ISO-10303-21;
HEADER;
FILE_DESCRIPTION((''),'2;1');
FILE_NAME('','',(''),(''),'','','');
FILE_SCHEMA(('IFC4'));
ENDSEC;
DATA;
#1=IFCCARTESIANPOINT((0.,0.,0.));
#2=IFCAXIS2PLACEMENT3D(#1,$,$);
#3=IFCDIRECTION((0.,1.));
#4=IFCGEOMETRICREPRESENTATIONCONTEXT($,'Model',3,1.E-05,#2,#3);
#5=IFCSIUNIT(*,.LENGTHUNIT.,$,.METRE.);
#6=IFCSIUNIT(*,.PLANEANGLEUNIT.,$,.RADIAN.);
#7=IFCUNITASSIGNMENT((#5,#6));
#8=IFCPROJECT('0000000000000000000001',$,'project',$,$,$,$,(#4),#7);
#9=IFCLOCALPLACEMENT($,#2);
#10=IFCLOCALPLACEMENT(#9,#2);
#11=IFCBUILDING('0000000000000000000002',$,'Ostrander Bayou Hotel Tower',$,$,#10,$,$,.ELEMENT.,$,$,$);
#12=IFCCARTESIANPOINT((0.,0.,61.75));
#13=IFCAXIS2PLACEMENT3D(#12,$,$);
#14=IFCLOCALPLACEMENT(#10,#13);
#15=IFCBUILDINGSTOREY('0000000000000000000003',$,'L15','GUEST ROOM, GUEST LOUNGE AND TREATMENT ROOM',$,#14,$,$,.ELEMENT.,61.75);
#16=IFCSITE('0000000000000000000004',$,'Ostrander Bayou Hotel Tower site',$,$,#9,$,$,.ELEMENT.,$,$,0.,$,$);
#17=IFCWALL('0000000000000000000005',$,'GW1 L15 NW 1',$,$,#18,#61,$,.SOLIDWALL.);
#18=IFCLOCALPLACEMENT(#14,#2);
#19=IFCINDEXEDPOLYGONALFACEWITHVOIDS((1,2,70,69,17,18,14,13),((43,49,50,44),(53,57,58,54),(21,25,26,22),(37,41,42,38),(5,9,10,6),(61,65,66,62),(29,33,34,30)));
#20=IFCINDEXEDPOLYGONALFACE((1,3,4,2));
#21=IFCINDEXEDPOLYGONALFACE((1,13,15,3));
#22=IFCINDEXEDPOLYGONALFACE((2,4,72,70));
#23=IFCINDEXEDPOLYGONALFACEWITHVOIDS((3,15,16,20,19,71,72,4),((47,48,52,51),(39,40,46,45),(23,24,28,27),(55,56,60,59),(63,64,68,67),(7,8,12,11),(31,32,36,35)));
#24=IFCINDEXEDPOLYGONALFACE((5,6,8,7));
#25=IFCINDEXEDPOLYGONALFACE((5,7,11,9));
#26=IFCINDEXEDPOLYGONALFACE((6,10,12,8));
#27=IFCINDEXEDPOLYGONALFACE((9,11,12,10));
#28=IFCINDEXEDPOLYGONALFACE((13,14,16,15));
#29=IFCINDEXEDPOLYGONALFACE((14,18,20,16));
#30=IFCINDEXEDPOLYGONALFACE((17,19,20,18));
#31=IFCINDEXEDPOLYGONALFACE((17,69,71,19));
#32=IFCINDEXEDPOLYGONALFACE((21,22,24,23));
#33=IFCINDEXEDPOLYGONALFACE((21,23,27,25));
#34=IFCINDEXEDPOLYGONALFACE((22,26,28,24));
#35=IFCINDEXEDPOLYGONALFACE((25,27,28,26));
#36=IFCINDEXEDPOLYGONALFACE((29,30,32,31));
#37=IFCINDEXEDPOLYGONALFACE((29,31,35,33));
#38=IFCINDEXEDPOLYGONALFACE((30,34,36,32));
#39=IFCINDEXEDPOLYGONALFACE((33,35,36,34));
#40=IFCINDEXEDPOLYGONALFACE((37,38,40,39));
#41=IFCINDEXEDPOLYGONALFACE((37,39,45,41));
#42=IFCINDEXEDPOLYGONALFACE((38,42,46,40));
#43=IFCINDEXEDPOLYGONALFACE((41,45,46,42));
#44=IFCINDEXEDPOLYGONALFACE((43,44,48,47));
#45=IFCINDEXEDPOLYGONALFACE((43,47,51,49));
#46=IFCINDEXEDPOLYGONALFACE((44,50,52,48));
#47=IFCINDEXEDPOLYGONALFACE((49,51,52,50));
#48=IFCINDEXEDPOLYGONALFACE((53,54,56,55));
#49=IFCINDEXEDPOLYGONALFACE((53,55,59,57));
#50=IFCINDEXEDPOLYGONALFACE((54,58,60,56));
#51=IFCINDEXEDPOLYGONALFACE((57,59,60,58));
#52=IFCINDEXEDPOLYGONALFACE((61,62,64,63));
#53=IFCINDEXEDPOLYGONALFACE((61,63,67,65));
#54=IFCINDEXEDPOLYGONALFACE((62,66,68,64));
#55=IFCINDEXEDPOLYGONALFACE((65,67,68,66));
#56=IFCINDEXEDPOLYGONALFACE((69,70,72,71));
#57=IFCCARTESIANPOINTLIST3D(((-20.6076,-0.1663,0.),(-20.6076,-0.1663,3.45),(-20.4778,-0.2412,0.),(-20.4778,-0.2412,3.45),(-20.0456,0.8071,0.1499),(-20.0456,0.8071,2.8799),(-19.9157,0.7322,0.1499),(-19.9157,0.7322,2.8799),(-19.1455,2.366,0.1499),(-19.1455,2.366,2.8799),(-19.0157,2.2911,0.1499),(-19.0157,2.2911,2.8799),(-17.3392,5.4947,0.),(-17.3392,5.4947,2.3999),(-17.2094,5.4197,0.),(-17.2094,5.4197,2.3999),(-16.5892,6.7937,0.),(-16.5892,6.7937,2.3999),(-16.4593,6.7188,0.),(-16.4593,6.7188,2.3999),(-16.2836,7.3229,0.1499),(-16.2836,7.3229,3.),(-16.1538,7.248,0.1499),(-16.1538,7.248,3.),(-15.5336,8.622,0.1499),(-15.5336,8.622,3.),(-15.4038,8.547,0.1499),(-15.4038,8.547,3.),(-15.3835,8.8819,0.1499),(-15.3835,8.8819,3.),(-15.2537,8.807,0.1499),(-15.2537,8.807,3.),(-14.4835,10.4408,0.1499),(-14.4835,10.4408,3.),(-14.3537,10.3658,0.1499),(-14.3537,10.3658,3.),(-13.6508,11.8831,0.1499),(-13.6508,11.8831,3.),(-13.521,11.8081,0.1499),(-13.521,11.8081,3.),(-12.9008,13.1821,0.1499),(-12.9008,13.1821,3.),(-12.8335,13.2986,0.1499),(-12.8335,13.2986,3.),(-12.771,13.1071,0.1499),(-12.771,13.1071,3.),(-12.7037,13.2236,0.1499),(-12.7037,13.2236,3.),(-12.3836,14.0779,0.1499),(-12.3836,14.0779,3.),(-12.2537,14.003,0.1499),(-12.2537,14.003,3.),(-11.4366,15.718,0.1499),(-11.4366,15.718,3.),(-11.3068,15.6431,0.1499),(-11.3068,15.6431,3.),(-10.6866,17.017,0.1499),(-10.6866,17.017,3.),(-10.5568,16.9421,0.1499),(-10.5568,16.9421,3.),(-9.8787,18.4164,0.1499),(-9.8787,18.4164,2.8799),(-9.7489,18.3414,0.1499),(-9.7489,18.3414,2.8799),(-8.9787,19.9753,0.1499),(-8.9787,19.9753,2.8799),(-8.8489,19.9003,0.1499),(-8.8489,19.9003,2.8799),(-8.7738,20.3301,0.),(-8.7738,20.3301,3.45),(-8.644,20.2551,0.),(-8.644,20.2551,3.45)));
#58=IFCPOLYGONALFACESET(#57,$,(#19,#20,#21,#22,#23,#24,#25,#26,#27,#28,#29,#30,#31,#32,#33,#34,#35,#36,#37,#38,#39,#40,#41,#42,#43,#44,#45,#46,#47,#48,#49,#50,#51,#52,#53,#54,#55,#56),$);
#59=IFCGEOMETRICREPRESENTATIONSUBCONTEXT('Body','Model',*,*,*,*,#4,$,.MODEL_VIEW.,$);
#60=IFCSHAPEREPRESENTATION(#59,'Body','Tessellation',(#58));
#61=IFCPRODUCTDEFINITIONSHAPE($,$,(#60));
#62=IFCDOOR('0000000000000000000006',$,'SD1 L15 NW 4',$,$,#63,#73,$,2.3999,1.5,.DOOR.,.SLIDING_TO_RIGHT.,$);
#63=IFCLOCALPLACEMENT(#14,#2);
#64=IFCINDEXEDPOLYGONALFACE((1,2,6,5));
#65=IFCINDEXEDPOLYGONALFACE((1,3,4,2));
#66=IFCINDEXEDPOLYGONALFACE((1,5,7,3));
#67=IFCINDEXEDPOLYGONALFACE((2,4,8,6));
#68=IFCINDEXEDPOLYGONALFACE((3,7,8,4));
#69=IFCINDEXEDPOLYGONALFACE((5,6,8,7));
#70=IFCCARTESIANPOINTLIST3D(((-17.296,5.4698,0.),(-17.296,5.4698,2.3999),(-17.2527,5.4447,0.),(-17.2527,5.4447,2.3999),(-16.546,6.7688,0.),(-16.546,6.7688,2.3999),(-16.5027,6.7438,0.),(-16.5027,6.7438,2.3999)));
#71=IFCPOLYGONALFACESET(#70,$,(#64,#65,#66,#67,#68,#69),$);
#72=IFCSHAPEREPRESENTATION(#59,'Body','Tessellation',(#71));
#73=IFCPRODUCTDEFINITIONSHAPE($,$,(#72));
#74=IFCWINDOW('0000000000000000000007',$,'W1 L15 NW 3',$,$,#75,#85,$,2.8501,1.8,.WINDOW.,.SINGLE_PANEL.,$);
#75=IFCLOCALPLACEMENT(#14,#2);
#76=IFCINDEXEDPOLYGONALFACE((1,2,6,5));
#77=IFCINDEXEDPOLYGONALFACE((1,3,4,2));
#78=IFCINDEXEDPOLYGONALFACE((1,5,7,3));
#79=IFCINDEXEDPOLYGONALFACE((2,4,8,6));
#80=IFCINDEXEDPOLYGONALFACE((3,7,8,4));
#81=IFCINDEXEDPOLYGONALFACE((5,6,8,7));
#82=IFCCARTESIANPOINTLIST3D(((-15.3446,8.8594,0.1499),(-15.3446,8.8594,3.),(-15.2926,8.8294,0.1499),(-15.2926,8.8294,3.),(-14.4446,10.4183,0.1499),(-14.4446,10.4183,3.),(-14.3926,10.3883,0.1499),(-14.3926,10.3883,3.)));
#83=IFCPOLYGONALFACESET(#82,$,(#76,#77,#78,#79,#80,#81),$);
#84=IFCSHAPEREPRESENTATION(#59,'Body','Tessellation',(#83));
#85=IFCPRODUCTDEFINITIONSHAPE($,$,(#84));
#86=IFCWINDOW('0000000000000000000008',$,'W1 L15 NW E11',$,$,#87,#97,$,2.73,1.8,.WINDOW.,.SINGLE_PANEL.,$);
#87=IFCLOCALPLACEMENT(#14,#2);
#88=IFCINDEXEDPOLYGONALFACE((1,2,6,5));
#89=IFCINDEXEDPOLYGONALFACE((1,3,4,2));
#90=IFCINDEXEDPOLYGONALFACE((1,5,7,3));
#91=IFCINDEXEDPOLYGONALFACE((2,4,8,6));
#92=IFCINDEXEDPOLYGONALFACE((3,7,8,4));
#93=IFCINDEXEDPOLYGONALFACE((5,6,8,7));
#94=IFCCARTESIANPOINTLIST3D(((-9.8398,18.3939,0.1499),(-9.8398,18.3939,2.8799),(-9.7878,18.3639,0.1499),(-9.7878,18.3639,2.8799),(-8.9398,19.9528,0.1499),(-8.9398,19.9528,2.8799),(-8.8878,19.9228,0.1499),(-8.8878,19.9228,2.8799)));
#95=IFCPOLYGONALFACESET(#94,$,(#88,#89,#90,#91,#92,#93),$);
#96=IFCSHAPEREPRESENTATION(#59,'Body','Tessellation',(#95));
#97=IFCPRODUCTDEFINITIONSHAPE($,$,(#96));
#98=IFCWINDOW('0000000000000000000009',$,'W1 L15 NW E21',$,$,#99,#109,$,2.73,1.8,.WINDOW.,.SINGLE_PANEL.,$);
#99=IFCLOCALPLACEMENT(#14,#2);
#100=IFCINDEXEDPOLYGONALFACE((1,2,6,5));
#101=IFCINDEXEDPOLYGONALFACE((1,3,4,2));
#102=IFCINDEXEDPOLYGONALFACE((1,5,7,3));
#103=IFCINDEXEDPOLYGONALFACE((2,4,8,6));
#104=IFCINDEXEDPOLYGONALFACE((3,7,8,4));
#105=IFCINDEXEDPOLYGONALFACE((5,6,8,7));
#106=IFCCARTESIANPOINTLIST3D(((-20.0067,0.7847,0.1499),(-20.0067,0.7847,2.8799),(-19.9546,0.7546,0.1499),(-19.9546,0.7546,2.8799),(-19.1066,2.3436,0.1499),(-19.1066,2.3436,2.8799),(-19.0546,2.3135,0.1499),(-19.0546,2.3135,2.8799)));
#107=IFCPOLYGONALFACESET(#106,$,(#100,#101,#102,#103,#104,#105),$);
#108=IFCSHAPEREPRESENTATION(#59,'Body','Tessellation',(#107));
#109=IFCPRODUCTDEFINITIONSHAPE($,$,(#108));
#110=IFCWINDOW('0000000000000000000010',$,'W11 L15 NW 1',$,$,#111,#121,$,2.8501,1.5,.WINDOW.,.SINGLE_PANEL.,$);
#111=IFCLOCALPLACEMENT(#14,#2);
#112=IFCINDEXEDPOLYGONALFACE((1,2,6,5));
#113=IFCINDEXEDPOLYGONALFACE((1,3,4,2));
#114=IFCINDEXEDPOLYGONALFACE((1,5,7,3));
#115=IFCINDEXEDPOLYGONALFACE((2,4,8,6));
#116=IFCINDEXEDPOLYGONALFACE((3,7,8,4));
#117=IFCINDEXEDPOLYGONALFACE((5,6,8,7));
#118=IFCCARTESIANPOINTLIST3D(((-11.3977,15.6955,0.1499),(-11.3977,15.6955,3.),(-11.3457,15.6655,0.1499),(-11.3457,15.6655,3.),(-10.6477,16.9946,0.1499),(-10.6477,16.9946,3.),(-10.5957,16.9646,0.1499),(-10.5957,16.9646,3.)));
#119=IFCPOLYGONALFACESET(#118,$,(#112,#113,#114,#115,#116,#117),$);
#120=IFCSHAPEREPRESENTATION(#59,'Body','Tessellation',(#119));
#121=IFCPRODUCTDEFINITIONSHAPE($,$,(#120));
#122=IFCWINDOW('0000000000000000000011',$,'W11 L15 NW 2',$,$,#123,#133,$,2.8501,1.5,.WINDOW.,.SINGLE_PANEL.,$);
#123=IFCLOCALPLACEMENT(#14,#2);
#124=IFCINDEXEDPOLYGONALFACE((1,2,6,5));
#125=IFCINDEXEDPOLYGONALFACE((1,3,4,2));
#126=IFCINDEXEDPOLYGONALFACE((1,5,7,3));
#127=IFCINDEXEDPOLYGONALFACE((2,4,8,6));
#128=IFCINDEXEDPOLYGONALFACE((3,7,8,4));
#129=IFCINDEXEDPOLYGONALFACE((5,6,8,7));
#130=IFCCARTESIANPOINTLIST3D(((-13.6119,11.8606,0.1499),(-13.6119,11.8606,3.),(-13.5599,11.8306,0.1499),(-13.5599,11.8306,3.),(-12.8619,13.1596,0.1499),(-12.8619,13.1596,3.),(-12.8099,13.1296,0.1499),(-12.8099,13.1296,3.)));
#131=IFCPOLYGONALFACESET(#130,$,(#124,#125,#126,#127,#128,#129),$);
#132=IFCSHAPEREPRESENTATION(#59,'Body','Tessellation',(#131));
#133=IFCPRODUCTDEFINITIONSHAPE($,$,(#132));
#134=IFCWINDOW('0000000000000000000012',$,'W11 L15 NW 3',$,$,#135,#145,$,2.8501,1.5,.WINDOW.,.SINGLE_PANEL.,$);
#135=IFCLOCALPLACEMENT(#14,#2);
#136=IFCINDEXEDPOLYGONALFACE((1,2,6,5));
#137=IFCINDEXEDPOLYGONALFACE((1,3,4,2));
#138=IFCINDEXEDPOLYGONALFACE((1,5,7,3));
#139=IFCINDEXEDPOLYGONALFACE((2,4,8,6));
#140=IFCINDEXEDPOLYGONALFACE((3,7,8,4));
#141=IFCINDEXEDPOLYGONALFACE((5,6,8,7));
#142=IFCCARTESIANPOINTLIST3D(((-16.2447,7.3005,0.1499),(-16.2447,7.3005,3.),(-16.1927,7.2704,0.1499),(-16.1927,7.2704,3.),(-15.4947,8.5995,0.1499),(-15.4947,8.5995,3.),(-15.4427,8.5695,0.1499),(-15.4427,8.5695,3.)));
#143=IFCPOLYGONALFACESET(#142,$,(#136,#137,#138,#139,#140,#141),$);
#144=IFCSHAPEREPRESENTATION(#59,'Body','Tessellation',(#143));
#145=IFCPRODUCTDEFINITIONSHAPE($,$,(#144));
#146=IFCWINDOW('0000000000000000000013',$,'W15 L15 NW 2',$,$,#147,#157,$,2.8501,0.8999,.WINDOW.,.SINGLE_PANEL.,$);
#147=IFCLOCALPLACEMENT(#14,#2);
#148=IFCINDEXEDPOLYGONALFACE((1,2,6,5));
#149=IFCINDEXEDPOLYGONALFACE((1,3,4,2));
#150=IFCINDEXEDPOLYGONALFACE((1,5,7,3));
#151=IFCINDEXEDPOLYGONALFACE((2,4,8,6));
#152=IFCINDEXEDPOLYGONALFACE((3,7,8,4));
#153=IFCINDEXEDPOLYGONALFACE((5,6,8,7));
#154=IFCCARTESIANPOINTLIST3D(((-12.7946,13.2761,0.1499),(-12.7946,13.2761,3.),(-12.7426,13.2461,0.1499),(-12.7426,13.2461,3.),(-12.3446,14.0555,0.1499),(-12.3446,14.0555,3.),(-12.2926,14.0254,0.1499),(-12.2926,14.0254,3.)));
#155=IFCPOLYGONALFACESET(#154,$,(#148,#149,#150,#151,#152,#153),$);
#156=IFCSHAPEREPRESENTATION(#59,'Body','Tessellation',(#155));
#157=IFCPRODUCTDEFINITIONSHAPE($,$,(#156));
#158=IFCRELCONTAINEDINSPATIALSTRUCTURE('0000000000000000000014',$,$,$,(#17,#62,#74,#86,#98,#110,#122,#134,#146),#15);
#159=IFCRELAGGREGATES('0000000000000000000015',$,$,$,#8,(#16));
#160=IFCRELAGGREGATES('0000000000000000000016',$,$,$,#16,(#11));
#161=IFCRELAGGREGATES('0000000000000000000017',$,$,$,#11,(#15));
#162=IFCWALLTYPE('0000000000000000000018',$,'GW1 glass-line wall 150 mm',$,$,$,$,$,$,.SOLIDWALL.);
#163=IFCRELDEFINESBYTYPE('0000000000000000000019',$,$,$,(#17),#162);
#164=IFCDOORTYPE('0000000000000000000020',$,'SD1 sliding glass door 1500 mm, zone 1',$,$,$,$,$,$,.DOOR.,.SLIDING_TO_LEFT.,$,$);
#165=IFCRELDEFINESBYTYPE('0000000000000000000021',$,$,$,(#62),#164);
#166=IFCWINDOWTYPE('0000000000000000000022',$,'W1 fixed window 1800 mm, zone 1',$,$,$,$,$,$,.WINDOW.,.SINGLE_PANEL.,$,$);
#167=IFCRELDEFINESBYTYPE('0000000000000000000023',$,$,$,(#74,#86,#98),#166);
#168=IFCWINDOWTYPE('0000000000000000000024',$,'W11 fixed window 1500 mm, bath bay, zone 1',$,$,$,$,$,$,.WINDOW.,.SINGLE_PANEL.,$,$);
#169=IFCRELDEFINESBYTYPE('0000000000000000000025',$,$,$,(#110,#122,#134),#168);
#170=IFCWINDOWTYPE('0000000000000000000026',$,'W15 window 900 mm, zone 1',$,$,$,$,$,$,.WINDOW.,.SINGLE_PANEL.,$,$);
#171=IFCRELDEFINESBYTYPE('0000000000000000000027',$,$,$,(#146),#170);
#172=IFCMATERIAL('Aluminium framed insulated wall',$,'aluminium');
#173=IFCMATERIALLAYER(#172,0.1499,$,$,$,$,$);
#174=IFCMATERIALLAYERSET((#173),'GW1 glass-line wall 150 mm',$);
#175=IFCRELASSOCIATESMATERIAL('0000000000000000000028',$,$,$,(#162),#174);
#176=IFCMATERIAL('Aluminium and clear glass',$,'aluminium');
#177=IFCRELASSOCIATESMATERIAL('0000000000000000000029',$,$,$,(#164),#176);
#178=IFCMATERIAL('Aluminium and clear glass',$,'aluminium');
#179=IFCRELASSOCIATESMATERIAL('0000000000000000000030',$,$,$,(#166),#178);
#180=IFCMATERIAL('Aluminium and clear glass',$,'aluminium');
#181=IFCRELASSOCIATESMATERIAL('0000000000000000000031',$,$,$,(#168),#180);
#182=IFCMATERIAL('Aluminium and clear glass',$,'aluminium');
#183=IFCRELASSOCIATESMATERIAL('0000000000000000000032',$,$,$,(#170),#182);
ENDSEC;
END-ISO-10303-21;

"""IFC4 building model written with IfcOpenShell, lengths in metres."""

from ifc_helpers import new_model, si_unit, direction, frame, frame_2d, origin, place, context, subcontext, project, spatial, rectangle, extrude, material, layer, layer_set, type_object, element, fill, save


model = new_model("IFC4")

# Units and contexts
model_context = context("Model", 3, precision=1e-05, world=origin(), true_north=direction((0.0, 1.0)))
body_context = subcontext(model_context, "Body", "Model", "MODEL_VIEW")
ifc_project = project(units=[si_unit("LENGTHUNIT", "METRE"), si_unit("PLANEANGLEUNIT", "RADIAN")], contexts=[model_context])

# Site, building, storey
site_placement = place(None, origin())
site = spatial("IfcSite", under=ifc_project, at=site_placement, Name="Ostrander Bayou Hotel Tower site", CompositionType="ELEMENT", RefElevation=0.0)
building_placement = place(site_placement, origin())
building = spatial("IfcBuilding", under=site, at=building_placement, Name="Ostrander Bayou Hotel Tower", CompositionType="ELEMENT")
storey_placement = place(building_placement, frame((0.0, 0.0, 61.75)))
storey = spatial("IfcBuildingStorey", under=building, at=storey_placement, Name="L15", Description="GUEST ROOM, GUEST LOUNGE AND TREATMENT ROOM", CompositionType="ELEMENT", Elevation=61.75)

# Wall, openings, door, windows
ifc_material_1 = material(Name="Aluminium framed insulated wall", Category="aluminium")
ifc_layer_1 = layer(ifc_material_1, 0.1499)
ifc_layer_set_1 = layer_set([ifc_layer_1], Name="GW1 glass-line wall 150 mm")
wall_type_1 = type_object("IfcWallType", Name="GW1 glass-line wall 150 mm", PredefinedType="SOLIDWALL", material=ifc_layer_set_1)
wall_1_placement = place(storey_placement, frame((-8.709, 20.2925, 0.0), z_axis=(0.0, 0.0, 1.0), x_axis=(-0.500006, -0.866022, 0.0)))
wall_1 = element("IfcWall", 1, at=wall_1_placement, inside=storey, type_object=wall_type_1, Name="GW1 L15 NW 1", PredefinedType="SOLIDWALL", context=body_context, shape_type="SweptSolid", body=[
    extrude(rectangle(XDim=23.6672, YDim=0.1499, at=frame_2d((11.8335, 0.0))), origin(), (0.0, 0.0, 1.0), 3.45),
])
opening_1_placement = place(wall_1_placement, frame((3.8254, 0.0, 0.1499)))
opening_1 = element("IfcOpeningElement", 2, at=opening_1_placement, cuts=wall_1, PredefinedType="OPENING", context=body_context, shape_type="SweptSolid", body=[
    extrude(rectangle(XDim=1.5, YDim=2.8501, at=frame_2d((0.75, 1.425))), frame((0.0, 0.075, 0.0), z_axis=(0.0, -1.0, 0.0), x_axis=(1.0, 0.0, 0.0)), (0.0, 0.0, 1.0), 0.1499),
])
opening_2_placement = place(wall_1_placement, frame((7.2192, 0.0, 0.1499)))
opening_2 = element("IfcOpeningElement", 3, at=opening_2_placement, cuts=wall_1, PredefinedType="OPENING", context=body_context, shape_type="SweptSolid", body=[
    extrude(rectangle(XDim=0.8999, YDim=2.8501, at=frame_2d((0.45, 1.425))), frame((0.0, 0.075, 0.0), z_axis=(0.0, -1.0, 0.0), x_axis=(1.0, 0.0, 0.0)), (0.0, 0.0, 1.0), 0.1499),
])
opening_3_placement = place(wall_1_placement, frame((8.2537, 0.0, 0.1499)))
opening_3 = element("IfcOpeningElement", 4, at=opening_3_placement, cuts=wall_1, PredefinedType="OPENING", context=body_context, shape_type="SweptSolid", body=[
    extrude(rectangle(XDim=1.5, YDim=2.8501, at=frame_2d((0.75, 1.425))), frame((0.0, 0.075, 0.0), z_axis=(0.0, -1.0, 0.0), x_axis=(1.0, 0.0, 0.0)), (0.0, 0.0, 1.0), 0.1499),
])
opening_4_placement = place(wall_1_placement, frame((11.4192, 0.0, 0.1499)))
opening_4 = element("IfcOpeningElement", 5, at=opening_4_placement, cuts=wall_1, PredefinedType="OPENING", context=body_context, shape_type="SweptSolid", body=[
    extrude(rectangle(XDim=1.8, YDim=2.8501, at=frame_2d((0.8999, 1.425))), frame((0.0, 0.075, 0.0), z_axis=(0.0, -1.0, 0.0), x_axis=(1.0, 0.0, 0.0)), (0.0, 0.0, 1.0), 0.1499),
])
opening_5_placement = place(wall_1_placement, frame((13.5193, 0.0, 0.1499)))
opening_5 = element("IfcOpeningElement", 6, at=opening_5_placement, cuts=wall_1, PredefinedType="OPENING", context=body_context, shape_type="SweptSolid", body=[
    extrude(rectangle(XDim=1.5, YDim=2.8501, at=frame_2d((0.75, 1.425))), frame((0.0, 0.075, 0.0), z_axis=(0.0, -1.0, 0.0), x_axis=(1.0, 0.0, 0.0)), (0.0, 0.0, 1.0), 0.1499),
])
opening_6_placement = place(wall_1_placement, frame((15.6304, 0.0, 0.0)))
opening_6 = element("IfcOpeningElement", 7, at=opening_6_placement, cuts=wall_1, PredefinedType="OPENING", context=body_context, shape_type="SweptSolid", body=[
    extrude(rectangle(XDim=1.5, YDim=2.3999, at=frame_2d((0.75, 1.2))), frame((0.0, 0.075, 0.0), z_axis=(0.0, -1.0, 0.0), x_axis=(1.0, 0.0, 0.0)), (0.0, 0.0, 1.0), 0.1499),
])
opening_7_placement = place(wall_1_placement, frame((0.4097, 0.0, 0.1499)))
opening_7 = element("IfcOpeningElement", 8, at=opening_7_placement, cuts=wall_1, PredefinedType="OPENING", context=body_context, shape_type="SweptSolid", body=[
    extrude(rectangle(XDim=1.8, YDim=2.73, at=frame_2d((0.8999, 1.365))), frame((0.0, 0.075, 0.0), z_axis=(0.0, -1.0, 0.0), x_axis=(1.0, 0.0, 0.0)), (0.0, 0.0, 1.0), 0.1499),
])
opening_8_placement = place(wall_1_placement, frame((20.7432, 0.0, 0.1499)))
opening_8 = element("IfcOpeningElement", 9, at=opening_8_placement, cuts=wall_1, PredefinedType="OPENING", context=body_context, shape_type="SweptSolid", body=[
    extrude(rectangle(XDim=1.8, YDim=2.73, at=frame_2d((0.8999, 1.365))), frame((0.0, 0.075, 0.0), z_axis=(0.0, -1.0, 0.0), x_axis=(1.0, 0.0, 0.0)), (0.0, 0.0, 1.0), 0.1499),
])
ifc_material_2 = material(Name="Aluminium and clear glass", Category="aluminium")
door_type_1 = type_object("IfcDoorType", Name="SD1 sliding glass door 1500 mm, zone 1", OperationType="SLIDING_TO_LEFT", PredefinedType="DOOR", material=ifc_material_2)
door_1_placement = place(opening_6_placement, origin())
door_1 = element("IfcDoor", 10, at=door_1_placement, inside=storey, type_object=door_type_1, Name="SD1 L15 NW 4", OperationType="SLIDING_TO_RIGHT", OverallHeight=2.3999, OverallWidth=1.5, PredefinedType="DOOR", context=body_context, shape_type="SweptSolid", body=[
    extrude(rectangle(XDim=1.5, YDim=2.3999, at=frame_2d((0.75, 1.2))), frame((0.0, 0.0249, 0.0), z_axis=(0.0, -1.0, 0.0), x_axis=(1.0, 0.0, 0.0)), (0.0, 0.0, 1.0), 0.05),
])
fill(opening_6, door_1)
ifc_material_3 = material(Name="Aluminium and clear glass", Category="aluminium")
window_type_1 = type_object("IfcWindowType", Name="W1 fixed window 1800 mm, zone 1", PartitioningType="SINGLE_PANEL", PredefinedType="WINDOW", material=ifc_material_3)
window_1_placement = place(opening_4_placement, origin())
window_1 = element("IfcWindow", 11, at=window_1_placement, inside=storey, type_object=window_type_1, Name="W1 L15 NW 3", OverallHeight=2.8501, OverallWidth=1.8, PartitioningType="SINGLE_PANEL", PredefinedType="WINDOW", context=body_context, shape_type="SweptSolid", body=[
    extrude(rectangle(XDim=1.8, YDim=2.8501, at=frame_2d((0.8999, 1.425))), frame((0.0, 0.03, 0.0), z_axis=(0.0, -1.0, 0.0), x_axis=(1.0, 0.0, 0.0)), (0.0, 0.0, 1.0), 0.0601),
])
fill(opening_4, window_1)
window_2_placement = place(opening_7_placement, origin())
window_2 = element("IfcWindow", 12, at=window_2_placement, inside=storey, type_object=window_type_1, Name="W1 L15 NW E11", OverallHeight=2.73, OverallWidth=1.8, PartitioningType="SINGLE_PANEL", PredefinedType="WINDOW", context=body_context, shape_type="SweptSolid", body=[
    extrude(rectangle(XDim=1.8, YDim=2.73, at=frame_2d((0.8999, 1.365))), frame((0.0, 0.03, 0.0), z_axis=(0.0, -1.0, 0.0), x_axis=(1.0, 0.0, 0.0)), (0.0, 0.0, 1.0), 0.0601),
])
fill(opening_7, window_2)
window_3_placement = place(opening_8_placement, origin())
window_3 = element("IfcWindow", 13, at=window_3_placement, inside=storey, type_object=window_type_1, Name="W1 L15 NW E21", OverallHeight=2.73, OverallWidth=1.8, PartitioningType="SINGLE_PANEL", PredefinedType="WINDOW", context=body_context, shape_type="SweptSolid", body=[
    extrude(rectangle(XDim=1.8, YDim=2.73, at=frame_2d((0.8999, 1.365))), frame((0.0, 0.03, 0.0), z_axis=(0.0, -1.0, 0.0), x_axis=(1.0, 0.0, 0.0)), (0.0, 0.0, 1.0), 0.0601),
])
fill(opening_8, window_3)
ifc_material_4 = material(Name="Aluminium and clear glass", Category="aluminium")
window_type_2 = type_object("IfcWindowType", Name="W11 fixed window 1500 mm, bath bay, zone 1", PartitioningType="SINGLE_PANEL", PredefinedType="WINDOW", material=ifc_material_4)
window_4_placement = place(opening_1_placement, origin())
window_4 = element("IfcWindow", 14, at=window_4_placement, inside=storey, type_object=window_type_2, Name="W11 L15 NW 1", OverallHeight=2.8501, OverallWidth=1.5, PartitioningType="SINGLE_PANEL", PredefinedType="WINDOW", context=body_context, shape_type="SweptSolid", body=[
    extrude(rectangle(XDim=1.5, YDim=2.8501, at=frame_2d((0.75, 1.425))), frame((0.0, 0.03, 0.0), z_axis=(0.0, -1.0, 0.0), x_axis=(1.0, 0.0, 0.0)), (0.0, 0.0, 1.0), 0.0601),
])
fill(opening_1, window_4)
window_5_placement = place(opening_3_placement, origin())
window_5 = element("IfcWindow", 15, at=window_5_placement, inside=storey, type_object=window_type_2, Name="W11 L15 NW 2", OverallHeight=2.8501, OverallWidth=1.5, PartitioningType="SINGLE_PANEL", PredefinedType="WINDOW", context=body_context, shape_type="SweptSolid", body=[
    extrude(rectangle(XDim=1.5, YDim=2.8501, at=frame_2d((0.75, 1.425))), frame((0.0, 0.03, 0.0), z_axis=(0.0, -1.0, 0.0), x_axis=(1.0, 0.0, 0.0)), (0.0, 0.0, 1.0), 0.0601),
])
fill(opening_3, window_5)
window_6_placement = place(opening_5_placement, origin())
window_6 = element("IfcWindow", 16, at=window_6_placement, inside=storey, type_object=window_type_2, Name="W11 L15 NW 3", OverallHeight=2.8501, OverallWidth=1.5, PartitioningType="SINGLE_PANEL", PredefinedType="WINDOW", context=body_context, shape_type="SweptSolid", body=[
    extrude(rectangle(XDim=1.5, YDim=2.8501, at=frame_2d((0.75, 1.425))), frame((0.0, 0.03, 0.0), z_axis=(0.0, -1.0, 0.0), x_axis=(1.0, 0.0, 0.0)), (0.0, 0.0, 1.0), 0.0601),
])
fill(opening_5, window_6)
ifc_material_5 = material(Name="Aluminium and clear glass", Category="aluminium")
window_type_3 = type_object("IfcWindowType", Name="W15 window 900 mm, zone 1", PartitioningType="SINGLE_PANEL", PredefinedType="WINDOW", material=ifc_material_5)
window_7_placement = place(opening_2_placement, origin())
window_7 = element("IfcWindow", 17, at=window_7_placement, inside=storey, type_object=window_type_3, Name="W15 L15 NW 2", OverallHeight=2.8501, OverallWidth=0.8999, PartitioningType="SINGLE_PANEL", PredefinedType="WINDOW", context=body_context, shape_type="SweptSolid", body=[
    extrude(rectangle(XDim=0.8999, YDim=2.8501, at=frame_2d((0.45, 1.425))), frame((0.0, 0.03, 0.0), z_axis=(0.0, -1.0, 0.0), x_axis=(1.0, 0.0, 0.0)), (0.0, 0.0, 1.0), 0.0601),
])
fill(opening_2, window_7)

save(model, "model.ifc")
